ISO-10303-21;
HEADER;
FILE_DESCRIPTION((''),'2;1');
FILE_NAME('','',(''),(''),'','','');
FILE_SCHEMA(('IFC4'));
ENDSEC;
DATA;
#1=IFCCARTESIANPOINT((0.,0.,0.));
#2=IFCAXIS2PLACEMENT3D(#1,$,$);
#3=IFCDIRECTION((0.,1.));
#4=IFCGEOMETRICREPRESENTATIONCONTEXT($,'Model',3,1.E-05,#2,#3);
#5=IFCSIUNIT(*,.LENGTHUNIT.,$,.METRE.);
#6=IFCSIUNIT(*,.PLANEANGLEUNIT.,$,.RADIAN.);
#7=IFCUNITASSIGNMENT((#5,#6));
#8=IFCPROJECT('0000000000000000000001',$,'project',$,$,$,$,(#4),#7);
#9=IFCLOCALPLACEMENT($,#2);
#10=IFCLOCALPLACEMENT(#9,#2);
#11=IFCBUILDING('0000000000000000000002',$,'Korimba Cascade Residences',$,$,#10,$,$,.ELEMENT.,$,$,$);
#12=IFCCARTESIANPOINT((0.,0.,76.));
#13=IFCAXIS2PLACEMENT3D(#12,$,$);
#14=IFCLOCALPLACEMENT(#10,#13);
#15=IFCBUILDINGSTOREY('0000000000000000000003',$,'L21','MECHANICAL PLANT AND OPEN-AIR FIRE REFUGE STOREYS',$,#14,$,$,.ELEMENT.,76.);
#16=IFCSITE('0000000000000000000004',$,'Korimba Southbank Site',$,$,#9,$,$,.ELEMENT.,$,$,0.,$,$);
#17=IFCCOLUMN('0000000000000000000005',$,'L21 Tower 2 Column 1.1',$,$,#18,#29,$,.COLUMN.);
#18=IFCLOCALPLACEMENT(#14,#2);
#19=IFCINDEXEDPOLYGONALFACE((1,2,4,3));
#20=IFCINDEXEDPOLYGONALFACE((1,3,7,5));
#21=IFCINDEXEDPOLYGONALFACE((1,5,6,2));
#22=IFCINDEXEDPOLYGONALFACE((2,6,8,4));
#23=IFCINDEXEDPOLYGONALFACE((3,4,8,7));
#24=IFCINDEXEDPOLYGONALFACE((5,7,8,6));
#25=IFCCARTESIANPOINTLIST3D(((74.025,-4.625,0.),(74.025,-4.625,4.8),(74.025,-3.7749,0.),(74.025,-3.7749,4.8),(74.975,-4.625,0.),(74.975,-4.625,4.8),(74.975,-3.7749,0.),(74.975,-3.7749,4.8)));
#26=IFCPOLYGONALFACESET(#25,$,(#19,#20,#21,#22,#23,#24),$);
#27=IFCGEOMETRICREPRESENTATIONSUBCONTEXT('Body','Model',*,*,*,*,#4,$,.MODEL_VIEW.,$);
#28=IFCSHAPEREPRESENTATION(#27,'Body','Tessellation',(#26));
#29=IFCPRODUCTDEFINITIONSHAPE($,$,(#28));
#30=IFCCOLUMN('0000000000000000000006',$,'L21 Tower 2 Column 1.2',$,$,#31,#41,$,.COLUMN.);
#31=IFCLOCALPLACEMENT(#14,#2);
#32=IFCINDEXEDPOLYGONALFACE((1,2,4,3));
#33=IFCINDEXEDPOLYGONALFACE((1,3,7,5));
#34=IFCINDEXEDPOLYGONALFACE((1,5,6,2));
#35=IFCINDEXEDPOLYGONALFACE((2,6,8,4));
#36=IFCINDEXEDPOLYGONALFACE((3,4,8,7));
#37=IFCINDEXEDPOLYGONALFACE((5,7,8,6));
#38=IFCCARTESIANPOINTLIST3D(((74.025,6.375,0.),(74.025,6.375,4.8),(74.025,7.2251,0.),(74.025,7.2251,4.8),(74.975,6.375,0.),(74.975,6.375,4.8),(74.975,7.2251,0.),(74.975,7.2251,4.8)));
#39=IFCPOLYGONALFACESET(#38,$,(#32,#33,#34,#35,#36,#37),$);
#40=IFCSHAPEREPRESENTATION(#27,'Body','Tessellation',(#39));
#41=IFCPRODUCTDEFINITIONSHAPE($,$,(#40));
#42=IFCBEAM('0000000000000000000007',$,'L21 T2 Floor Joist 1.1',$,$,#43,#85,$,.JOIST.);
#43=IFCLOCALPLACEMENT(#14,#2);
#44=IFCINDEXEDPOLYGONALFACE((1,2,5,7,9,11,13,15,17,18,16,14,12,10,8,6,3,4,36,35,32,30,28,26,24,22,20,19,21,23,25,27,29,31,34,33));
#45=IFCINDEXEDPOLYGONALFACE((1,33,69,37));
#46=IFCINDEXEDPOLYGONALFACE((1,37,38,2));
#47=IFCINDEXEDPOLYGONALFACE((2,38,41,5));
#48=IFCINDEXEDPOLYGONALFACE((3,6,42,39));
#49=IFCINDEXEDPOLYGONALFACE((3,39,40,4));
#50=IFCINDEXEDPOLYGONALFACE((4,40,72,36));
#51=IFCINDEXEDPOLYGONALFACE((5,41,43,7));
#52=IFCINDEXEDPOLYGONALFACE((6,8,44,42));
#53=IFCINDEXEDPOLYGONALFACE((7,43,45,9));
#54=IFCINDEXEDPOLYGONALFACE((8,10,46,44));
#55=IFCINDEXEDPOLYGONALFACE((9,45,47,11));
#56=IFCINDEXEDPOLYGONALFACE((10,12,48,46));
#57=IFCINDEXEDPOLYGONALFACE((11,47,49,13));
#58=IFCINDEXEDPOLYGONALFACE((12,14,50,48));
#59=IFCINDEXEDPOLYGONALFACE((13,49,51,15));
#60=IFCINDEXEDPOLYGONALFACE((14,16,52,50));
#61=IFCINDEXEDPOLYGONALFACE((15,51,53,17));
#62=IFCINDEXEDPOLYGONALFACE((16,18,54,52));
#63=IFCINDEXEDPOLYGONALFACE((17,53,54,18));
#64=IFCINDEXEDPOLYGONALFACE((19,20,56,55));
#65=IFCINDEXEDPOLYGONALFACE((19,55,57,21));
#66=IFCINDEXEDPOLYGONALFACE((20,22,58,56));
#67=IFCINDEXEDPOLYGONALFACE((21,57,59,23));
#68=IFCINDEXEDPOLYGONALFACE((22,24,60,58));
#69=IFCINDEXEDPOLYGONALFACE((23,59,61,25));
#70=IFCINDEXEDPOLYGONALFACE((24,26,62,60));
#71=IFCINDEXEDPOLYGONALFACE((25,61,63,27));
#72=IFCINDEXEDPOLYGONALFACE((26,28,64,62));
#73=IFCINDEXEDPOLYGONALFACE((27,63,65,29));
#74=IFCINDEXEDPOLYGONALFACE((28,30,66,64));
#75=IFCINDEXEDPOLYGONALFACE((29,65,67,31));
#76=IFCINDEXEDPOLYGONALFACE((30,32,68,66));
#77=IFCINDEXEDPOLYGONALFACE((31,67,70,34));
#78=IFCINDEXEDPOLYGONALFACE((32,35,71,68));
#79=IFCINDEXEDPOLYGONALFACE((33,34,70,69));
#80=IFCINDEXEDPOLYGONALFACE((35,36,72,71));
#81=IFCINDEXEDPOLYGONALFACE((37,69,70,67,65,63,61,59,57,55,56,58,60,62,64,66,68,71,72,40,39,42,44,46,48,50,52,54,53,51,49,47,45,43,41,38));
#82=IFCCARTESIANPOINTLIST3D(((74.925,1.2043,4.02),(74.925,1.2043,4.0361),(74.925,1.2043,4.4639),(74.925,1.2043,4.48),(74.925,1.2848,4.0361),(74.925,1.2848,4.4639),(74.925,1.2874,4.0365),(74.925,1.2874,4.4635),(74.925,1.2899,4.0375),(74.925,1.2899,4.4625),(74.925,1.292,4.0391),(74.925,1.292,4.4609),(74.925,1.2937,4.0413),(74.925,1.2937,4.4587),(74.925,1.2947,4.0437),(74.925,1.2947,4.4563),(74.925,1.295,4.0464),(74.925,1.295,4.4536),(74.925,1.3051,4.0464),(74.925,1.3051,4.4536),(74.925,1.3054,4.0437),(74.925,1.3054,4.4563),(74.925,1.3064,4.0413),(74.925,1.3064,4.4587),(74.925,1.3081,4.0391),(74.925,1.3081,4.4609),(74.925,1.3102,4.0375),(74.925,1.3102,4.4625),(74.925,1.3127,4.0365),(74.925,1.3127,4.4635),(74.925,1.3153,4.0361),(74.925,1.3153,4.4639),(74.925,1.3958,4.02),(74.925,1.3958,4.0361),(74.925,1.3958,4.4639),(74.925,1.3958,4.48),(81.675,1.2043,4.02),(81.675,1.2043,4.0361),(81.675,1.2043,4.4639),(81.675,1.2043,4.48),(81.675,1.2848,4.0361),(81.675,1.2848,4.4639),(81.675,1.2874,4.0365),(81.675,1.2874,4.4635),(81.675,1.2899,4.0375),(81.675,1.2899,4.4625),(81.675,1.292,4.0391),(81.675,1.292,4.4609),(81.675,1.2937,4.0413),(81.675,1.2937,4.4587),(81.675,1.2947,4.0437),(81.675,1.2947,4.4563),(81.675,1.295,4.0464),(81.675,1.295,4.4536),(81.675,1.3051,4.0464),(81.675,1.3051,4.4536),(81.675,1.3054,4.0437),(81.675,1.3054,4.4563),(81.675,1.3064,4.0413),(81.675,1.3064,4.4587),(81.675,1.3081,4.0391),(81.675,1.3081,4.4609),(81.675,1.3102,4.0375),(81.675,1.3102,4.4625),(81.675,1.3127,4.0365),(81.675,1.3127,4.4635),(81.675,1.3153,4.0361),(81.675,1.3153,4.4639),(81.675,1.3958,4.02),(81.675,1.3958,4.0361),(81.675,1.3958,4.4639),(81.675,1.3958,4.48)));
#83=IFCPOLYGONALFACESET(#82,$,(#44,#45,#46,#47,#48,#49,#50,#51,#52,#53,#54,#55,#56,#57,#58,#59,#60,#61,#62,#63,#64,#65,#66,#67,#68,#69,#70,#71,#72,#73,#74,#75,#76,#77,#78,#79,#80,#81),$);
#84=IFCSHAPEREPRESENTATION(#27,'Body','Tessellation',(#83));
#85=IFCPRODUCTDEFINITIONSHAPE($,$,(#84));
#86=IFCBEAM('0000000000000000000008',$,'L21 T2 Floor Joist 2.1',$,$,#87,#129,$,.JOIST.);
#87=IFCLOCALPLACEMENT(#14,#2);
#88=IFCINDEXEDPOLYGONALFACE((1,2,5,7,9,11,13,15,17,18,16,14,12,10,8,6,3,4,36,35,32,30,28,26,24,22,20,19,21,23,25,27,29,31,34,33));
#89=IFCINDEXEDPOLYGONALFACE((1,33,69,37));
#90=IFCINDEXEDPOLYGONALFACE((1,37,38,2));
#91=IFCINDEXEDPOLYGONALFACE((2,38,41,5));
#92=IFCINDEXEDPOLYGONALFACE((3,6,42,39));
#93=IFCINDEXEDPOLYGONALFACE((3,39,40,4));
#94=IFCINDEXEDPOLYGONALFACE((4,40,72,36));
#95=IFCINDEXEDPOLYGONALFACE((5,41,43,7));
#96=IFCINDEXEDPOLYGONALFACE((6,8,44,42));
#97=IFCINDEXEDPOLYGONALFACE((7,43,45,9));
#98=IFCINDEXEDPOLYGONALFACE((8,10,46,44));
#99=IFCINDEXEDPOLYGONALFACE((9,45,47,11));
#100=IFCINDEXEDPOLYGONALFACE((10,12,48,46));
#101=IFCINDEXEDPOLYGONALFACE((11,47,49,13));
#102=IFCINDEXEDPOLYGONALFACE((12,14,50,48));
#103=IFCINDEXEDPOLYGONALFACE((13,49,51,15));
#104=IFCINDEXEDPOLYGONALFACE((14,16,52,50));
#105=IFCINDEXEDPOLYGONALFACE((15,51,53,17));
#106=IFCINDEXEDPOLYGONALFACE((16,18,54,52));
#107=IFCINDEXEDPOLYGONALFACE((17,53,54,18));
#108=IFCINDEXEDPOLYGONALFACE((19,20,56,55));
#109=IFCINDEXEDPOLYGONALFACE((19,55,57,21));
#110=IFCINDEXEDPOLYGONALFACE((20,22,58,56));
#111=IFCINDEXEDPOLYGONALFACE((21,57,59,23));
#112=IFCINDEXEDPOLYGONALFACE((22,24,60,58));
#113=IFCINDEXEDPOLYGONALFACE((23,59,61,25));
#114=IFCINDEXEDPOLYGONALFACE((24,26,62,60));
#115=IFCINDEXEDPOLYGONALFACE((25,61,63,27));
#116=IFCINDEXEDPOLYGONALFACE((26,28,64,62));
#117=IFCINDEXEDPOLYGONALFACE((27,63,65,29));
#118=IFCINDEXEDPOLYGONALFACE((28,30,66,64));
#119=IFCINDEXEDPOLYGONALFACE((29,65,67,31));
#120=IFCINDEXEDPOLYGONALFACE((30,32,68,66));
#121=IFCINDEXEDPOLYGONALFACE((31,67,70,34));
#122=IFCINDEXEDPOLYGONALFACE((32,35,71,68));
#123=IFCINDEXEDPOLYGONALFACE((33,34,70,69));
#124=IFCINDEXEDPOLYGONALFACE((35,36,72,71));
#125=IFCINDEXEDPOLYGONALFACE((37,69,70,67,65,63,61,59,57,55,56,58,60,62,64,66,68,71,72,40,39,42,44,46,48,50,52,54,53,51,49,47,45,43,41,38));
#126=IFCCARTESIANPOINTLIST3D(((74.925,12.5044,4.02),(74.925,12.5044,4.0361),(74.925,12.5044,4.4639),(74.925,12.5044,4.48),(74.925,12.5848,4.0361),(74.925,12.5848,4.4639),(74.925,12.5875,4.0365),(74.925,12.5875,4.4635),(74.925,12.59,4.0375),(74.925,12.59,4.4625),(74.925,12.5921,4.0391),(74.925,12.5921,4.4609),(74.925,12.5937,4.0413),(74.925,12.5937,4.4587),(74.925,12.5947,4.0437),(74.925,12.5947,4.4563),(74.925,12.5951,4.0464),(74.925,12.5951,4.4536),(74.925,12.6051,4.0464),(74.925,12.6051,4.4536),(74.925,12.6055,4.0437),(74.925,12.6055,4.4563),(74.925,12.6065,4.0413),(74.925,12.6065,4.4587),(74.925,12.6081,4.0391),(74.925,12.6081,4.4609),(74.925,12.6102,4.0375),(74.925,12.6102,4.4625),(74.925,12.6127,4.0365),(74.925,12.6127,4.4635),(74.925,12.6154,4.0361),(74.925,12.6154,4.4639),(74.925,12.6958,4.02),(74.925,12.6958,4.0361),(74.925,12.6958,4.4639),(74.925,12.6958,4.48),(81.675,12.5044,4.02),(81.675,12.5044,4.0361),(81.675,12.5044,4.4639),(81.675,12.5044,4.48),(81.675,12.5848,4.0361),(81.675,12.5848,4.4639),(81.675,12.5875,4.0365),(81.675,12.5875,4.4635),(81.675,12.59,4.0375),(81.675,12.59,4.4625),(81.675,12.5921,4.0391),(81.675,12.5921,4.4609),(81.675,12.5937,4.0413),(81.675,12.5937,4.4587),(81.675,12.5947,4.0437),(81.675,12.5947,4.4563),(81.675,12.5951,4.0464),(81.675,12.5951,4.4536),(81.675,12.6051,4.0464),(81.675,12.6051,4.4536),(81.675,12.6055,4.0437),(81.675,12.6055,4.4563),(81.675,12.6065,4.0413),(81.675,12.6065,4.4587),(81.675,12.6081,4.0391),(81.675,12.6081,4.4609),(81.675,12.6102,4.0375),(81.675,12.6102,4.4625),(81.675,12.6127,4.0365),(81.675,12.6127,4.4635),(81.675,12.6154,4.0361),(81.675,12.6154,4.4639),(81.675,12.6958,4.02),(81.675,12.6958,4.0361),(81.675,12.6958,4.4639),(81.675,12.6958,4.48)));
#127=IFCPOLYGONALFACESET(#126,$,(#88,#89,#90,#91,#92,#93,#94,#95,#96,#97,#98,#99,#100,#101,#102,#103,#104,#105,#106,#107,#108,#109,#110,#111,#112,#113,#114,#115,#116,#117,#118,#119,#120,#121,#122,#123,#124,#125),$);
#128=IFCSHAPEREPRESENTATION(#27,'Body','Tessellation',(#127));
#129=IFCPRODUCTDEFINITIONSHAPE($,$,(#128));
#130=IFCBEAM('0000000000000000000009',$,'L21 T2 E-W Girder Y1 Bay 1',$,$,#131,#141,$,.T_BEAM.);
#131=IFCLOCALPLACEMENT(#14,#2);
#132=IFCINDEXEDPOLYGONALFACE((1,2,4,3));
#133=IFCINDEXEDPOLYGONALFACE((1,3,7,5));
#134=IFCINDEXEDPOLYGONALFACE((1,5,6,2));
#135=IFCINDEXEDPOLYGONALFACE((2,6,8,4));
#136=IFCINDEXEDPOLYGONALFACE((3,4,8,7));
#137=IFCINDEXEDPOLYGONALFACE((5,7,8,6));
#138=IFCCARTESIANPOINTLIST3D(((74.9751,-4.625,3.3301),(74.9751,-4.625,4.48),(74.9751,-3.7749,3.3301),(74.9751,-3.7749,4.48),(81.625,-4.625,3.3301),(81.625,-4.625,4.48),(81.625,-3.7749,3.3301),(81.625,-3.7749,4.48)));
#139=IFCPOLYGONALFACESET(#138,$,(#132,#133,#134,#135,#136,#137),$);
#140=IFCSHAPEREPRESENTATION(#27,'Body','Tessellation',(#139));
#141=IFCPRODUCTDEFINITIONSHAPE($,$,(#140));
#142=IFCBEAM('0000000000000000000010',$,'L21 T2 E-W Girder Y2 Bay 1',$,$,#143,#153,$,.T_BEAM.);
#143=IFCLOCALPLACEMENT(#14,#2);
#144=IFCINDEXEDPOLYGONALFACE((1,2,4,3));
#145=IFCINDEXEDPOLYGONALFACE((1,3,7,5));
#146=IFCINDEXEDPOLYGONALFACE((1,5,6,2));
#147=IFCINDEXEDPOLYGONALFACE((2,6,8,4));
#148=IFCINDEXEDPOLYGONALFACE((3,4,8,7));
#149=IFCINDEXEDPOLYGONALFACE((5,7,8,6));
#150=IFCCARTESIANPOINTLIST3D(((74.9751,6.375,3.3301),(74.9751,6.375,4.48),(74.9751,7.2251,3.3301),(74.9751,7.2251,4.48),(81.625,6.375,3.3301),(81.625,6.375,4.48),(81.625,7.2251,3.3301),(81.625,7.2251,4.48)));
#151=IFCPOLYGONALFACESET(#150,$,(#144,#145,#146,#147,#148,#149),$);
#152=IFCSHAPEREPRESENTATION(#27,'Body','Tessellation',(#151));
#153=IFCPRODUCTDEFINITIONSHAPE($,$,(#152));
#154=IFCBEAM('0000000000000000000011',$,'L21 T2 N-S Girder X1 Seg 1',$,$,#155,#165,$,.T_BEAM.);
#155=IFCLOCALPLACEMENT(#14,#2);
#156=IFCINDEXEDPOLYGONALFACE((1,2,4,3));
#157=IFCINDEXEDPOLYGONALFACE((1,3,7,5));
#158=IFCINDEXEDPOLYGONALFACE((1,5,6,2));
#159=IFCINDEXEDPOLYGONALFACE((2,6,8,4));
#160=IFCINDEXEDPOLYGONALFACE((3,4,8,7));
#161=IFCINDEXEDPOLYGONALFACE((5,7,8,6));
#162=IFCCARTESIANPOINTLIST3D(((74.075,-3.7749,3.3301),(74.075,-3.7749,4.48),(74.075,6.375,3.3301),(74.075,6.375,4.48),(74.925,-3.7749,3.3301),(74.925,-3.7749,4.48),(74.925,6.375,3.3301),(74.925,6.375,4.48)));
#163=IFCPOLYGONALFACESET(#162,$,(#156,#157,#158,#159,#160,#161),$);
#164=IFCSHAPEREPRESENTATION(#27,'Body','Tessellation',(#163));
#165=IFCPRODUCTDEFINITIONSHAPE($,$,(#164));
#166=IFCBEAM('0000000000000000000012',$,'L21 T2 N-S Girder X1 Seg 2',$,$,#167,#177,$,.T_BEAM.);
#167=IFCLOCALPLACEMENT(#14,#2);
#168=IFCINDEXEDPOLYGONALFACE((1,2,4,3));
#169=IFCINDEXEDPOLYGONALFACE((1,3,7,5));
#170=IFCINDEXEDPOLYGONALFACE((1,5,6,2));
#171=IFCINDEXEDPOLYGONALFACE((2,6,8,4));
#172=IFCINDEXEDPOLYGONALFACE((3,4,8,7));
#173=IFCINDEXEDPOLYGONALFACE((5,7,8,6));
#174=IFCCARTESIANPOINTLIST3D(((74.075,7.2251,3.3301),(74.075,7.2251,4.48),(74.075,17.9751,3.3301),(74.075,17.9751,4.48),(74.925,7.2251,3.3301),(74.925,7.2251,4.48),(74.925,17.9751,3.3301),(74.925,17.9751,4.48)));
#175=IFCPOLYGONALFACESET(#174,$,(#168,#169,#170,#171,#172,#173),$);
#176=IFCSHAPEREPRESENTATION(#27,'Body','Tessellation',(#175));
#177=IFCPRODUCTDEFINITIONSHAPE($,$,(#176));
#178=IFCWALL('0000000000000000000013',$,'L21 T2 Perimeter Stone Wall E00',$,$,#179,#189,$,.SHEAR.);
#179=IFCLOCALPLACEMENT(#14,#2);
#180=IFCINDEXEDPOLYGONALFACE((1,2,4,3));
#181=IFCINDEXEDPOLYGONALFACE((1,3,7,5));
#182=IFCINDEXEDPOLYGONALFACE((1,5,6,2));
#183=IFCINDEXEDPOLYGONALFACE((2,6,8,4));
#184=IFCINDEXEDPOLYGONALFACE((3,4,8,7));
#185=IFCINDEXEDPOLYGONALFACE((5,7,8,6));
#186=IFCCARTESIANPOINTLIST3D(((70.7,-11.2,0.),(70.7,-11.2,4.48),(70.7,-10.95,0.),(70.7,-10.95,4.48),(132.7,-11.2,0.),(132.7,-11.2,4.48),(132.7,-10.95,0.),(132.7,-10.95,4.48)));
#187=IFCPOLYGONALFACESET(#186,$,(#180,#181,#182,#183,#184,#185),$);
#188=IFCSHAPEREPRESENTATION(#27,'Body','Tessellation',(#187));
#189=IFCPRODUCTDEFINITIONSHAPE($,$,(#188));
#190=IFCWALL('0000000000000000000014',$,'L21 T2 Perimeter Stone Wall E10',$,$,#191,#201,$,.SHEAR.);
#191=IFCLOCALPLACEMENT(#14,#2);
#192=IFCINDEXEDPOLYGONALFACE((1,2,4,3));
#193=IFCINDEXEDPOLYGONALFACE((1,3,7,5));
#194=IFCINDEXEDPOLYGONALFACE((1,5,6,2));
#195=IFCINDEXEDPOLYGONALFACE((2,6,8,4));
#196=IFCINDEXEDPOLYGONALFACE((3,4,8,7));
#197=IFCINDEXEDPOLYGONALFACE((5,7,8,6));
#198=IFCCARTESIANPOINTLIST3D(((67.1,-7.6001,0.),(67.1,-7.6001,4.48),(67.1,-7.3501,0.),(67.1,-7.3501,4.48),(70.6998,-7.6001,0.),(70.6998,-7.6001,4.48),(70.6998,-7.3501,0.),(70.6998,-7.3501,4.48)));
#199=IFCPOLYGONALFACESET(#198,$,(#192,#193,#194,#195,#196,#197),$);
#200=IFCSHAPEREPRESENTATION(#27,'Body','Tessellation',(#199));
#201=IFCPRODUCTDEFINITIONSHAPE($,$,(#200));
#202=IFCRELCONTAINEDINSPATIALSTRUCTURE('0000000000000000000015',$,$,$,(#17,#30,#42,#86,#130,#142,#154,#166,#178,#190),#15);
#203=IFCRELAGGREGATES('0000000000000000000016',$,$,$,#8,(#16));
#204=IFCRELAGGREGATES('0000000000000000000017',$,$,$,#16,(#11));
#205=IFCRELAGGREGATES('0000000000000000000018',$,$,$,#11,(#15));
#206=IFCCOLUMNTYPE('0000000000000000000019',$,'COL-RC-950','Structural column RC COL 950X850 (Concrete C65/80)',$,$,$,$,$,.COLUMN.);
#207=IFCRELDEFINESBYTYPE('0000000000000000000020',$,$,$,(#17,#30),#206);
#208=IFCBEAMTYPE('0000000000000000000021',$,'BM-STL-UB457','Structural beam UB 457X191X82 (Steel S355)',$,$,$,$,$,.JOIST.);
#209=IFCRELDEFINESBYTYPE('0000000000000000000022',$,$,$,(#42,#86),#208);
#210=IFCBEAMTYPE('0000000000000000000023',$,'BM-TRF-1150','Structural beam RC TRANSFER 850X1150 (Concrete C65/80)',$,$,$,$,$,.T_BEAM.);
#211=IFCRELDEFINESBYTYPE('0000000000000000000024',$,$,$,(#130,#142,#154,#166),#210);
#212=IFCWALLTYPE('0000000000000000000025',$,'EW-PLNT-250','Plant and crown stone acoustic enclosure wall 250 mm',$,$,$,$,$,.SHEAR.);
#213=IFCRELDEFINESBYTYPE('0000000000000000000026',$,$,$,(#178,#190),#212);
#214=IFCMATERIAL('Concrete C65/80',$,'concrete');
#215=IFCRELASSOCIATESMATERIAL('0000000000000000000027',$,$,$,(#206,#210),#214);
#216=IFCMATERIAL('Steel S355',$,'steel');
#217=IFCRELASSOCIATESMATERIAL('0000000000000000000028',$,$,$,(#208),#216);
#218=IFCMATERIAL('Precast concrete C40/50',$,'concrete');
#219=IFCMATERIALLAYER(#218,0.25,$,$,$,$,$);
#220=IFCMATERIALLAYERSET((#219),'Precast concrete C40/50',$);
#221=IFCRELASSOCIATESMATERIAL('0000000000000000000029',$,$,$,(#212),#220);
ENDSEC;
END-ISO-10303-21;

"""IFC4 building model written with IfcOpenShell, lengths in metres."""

from ifc_helpers import new_model, si_unit, direction, frame, frame_2d, origin, origin_2d, place, context, subcontext, project, spatial, rectangle, i_section, extrude, material, layer, layer_set, material_profile, profile_set, type_object, element, save


model = new_model("IFC4")

# Units and contexts
model_context = context("Model", 3, precision=1e-05, world=origin(), true_north=direction((0.0, 1.0)))
body_context = subcontext(model_context, "Body", "Model", "MODEL_VIEW")
ifc_project = project(units=[si_unit("LENGTHUNIT", "METRE"), si_unit("PLANEANGLEUNIT", "RADIAN")], contexts=[model_context])

# Site, building, storey
site_placement = place(None, origin())
site = spatial("IfcSite", under=ifc_project, at=site_placement, Name="Korimba Southbank Site", CompositionType="ELEMENT", RefElevation=0.0)
building_placement = place(site_placement, origin())
building = spatial("IfcBuilding", under=site, at=building_placement, Name="Korimba Cascade Residences", CompositionType="ELEMENT")
storey_placement = place(building_placement, frame((0.0, 0.0, 76.0)))
storey = spatial("IfcBuildingStorey", under=building, at=storey_placement, Name="L21", Description="MECHANICAL PLANT AND OPEN-AIR FIRE REFUGE STOREYS", CompositionType="ELEMENT", Elevation=76.0)

# Columns
ifc_material_1 = material(Name="Concrete C65/80", Category="concrete")
ifc_material_profile_1 = material_profile(ifc_material_1, rectangle(XDim=0.95, YDim=0.8501, at=origin_2d()), Name="Concrete C65/80")
ifc_profile_set_1 = profile_set([ifc_material_profile_1], Name="Concrete C65/80")
column_type = type_object("IfcColumnType", Name="COL-RC-950", Description="Structural column RC COL 950X850 (Concrete C65/80)", PredefinedType="COLUMN", material=ifc_profile_set_1)
for number, where, z_axis, x_axis, name in (
    (1, (74.5, -4.2, 0.0), (0.0, 0.0, 1.0), (1.0, 0.0, 0.0), "L21 Tower 2 Column 1.1"),
    (2, (74.5, 6.8, 0.0), (0.0, 0.0, 1.0), (1.0, 0.0, 0.0), "L21 Tower 2 Column 1.2"),
):
    element("IfcColumn", number, at=place(storey_placement, frame(where, z_axis=z_axis, x_axis=x_axis)), inside=storey, type_object=column_type, Name=name, PredefinedType="COLUMN", context=body_context, shape_type="SweptSolid", body=[
        extrude(rectangle(XDim=0.95, YDim=0.8501, at=origin_2d()), origin(), (0.0, 0.0, 1.0), 4.8),
    ])

# Beams
ifc_material_2 = material(Name="Steel S355", Category="steel")
ifc_material_profile_2 = material_profile(ifc_material_2, i_section(OverallWidth=0.1914, OverallDepth=0.46, WebThickness=0.01, FlangeThickness=0.0161, FilletRadius=0.0103, at=origin_2d()), Name="Steel S355")
ifc_profile_set_2 = profile_set([ifc_material_profile_2], Name="Steel S355")
beam_type_1 = type_object("IfcBeamType", Name="BM-STL-UB457", Description="Structural beam UB 457X191X82 (Steel S355)", PredefinedType="JOIST", material=ifc_profile_set_2)
for number, where, z_axis, x_axis, name in (
    (3, (74.925, 1.3, 4.25), (1.0, 0.0, 0.0), (0.0, 1.0, 0.0), "L21 T2 Floor Joist 1.1"),
    (4, (74.925, 12.6001, 4.25), (1.0, 0.0, 0.0), (0.0, 1.0, 0.0), "L21 T2 Floor Joist 2.1"),
):
    element("IfcBeam", number, at=place(storey_placement, frame(where, z_axis=z_axis, x_axis=x_axis)), inside=storey, type_object=beam_type_1, Name=name, PredefinedType="JOIST", context=body_context, shape_type="SweptSolid", body=[
        extrude(i_section(OverallWidth=0.1914, OverallDepth=0.46, WebThickness=0.01, FlangeThickness=0.0161, FilletRadius=0.0103, at=origin_2d()), origin(), (0.0, 0.0, 1.0), 6.75),
    ])
ifc_material_profile_3 = material_profile(ifc_material_1, rectangle(XDim=0.8501, YDim=1.1499, at=origin_2d()), Name="Concrete C65/80")
ifc_profile_set_3 = profile_set([ifc_material_profile_3], Name="Concrete C65/80")
beam_type_2 = type_object("IfcBeamType", Name="BM-TRF-1150", Description="Structural beam RC TRANSFER 850X1150 (Concrete C65/80)", PredefinedType="T_BEAM", material=ifc_profile_set_3)
for number, where, z_axis, x_axis, name in (
    (5, (74.9751, -4.2, 3.905), (1.0, 0.0, 0.0), (0.0, 1.0, 0.0), "L21 T2 E-W Girder Y1 Bay 1"),
    (6, (74.9751, 6.8, 3.905), (1.0, 0.0, 0.0), (0.0, 1.0, 0.0), "L21 T2 E-W Girder Y2 Bay 1"),
):
    element("IfcBeam", number, at=place(storey_placement, frame(where, z_axis=z_axis, x_axis=x_axis)), inside=storey, type_object=beam_type_2, Name=name, PredefinedType="T_BEAM", context=body_context, shape_type="SweptSolid", body=[
        extrude(rectangle(XDim=0.8501, YDim=1.1499, at=origin_2d()), origin(), (0.0, 0.0, 1.0), 6.6499),
    ])
beam_1_placement = place(storey_placement, frame((74.5, -3.7749, 3.905), z_axis=(0.0, 1.0, 0.0), x_axis=(-1.0, 0.0, 0.0)))
element("IfcBeam", 7, at=beam_1_placement, inside=storey, type_object=beam_type_2, Name="L21 T2 N-S Girder X1 Seg 1", PredefinedType="T_BEAM", context=body_context, shape_type="SweptSolid", body=[
    extrude(rectangle(XDim=0.8501, YDim=1.1499, at=origin_2d()), origin(), (0.0, 0.0, 1.0), 10.1499),
])
beam_2_placement = place(storey_placement, frame((74.5, 7.2251, 3.905), z_axis=(0.0, 1.0, 0.0), x_axis=(-1.0, 0.0, 0.0)))
element("IfcBeam", 8, at=beam_2_placement, inside=storey, type_object=beam_type_2, Name="L21 T2 N-S Girder X1 Seg 2", PredefinedType="T_BEAM", context=body_context, shape_type="SweptSolid", body=[
    extrude(rectangle(XDim=0.8501, YDim=1.1499, at=origin_2d()), origin(), (0.0, 0.0, 1.0), 10.75),
])

# Walls
ifc_material_3 = material(Name="Precast concrete C40/50", Category="concrete")
ifc_layer_1 = layer(ifc_material_3, 0.25)
ifc_layer_set_1 = layer_set([ifc_layer_1], Name="Precast concrete C40/50")
wall_type_1 = type_object("IfcWallType", Name="EW-PLNT-250", Description="Plant and crown stone acoustic enclosure wall 250 mm", PredefinedType="SHEAR", material=ifc_layer_set_1)
wall_1_placement = place(storey_placement, frame((70.7, -11.075, 0.0), z_axis=(0.0, 0.0, 1.0), x_axis=(1.0, 0.0, 0.0)))
element("IfcWall", 9, at=wall_1_placement, inside=storey, type_object=wall_type_1, Name="L21 T2 Perimeter Stone Wall E00", PredefinedType="SHEAR", context=body_context, shape_type="SweptSolid", body=[
    extrude(rectangle(XDim=62.0, YDim=0.25, at=frame_2d((31.0, 0.0))), origin(), (0.0, 0.0, 1.0), 4.48),
])
for number, where, z_axis, x_axis, name in (
    (10, (67.1001, -7.4751, 0.0), (0.0, 0.0, 1.0), (1.0, 0.0, 0.0), "L21 T2 Perimeter Stone Wall E10"),
):
    element("IfcWall", number, at=place(storey_placement, frame(where, z_axis=z_axis, x_axis=x_axis)), inside=storey, type_object=wall_type_1, Name=name, PredefinedType="SHEAR", context=body_context, shape_type="SweptSolid", body=[
        extrude(rectangle(XDim=3.5999, YDim=0.25, at=frame_2d((1.7998, 0.0))), origin(), (0.0, 0.0, 1.0), 4.48),
    ])

save(model, "model.ifc")
